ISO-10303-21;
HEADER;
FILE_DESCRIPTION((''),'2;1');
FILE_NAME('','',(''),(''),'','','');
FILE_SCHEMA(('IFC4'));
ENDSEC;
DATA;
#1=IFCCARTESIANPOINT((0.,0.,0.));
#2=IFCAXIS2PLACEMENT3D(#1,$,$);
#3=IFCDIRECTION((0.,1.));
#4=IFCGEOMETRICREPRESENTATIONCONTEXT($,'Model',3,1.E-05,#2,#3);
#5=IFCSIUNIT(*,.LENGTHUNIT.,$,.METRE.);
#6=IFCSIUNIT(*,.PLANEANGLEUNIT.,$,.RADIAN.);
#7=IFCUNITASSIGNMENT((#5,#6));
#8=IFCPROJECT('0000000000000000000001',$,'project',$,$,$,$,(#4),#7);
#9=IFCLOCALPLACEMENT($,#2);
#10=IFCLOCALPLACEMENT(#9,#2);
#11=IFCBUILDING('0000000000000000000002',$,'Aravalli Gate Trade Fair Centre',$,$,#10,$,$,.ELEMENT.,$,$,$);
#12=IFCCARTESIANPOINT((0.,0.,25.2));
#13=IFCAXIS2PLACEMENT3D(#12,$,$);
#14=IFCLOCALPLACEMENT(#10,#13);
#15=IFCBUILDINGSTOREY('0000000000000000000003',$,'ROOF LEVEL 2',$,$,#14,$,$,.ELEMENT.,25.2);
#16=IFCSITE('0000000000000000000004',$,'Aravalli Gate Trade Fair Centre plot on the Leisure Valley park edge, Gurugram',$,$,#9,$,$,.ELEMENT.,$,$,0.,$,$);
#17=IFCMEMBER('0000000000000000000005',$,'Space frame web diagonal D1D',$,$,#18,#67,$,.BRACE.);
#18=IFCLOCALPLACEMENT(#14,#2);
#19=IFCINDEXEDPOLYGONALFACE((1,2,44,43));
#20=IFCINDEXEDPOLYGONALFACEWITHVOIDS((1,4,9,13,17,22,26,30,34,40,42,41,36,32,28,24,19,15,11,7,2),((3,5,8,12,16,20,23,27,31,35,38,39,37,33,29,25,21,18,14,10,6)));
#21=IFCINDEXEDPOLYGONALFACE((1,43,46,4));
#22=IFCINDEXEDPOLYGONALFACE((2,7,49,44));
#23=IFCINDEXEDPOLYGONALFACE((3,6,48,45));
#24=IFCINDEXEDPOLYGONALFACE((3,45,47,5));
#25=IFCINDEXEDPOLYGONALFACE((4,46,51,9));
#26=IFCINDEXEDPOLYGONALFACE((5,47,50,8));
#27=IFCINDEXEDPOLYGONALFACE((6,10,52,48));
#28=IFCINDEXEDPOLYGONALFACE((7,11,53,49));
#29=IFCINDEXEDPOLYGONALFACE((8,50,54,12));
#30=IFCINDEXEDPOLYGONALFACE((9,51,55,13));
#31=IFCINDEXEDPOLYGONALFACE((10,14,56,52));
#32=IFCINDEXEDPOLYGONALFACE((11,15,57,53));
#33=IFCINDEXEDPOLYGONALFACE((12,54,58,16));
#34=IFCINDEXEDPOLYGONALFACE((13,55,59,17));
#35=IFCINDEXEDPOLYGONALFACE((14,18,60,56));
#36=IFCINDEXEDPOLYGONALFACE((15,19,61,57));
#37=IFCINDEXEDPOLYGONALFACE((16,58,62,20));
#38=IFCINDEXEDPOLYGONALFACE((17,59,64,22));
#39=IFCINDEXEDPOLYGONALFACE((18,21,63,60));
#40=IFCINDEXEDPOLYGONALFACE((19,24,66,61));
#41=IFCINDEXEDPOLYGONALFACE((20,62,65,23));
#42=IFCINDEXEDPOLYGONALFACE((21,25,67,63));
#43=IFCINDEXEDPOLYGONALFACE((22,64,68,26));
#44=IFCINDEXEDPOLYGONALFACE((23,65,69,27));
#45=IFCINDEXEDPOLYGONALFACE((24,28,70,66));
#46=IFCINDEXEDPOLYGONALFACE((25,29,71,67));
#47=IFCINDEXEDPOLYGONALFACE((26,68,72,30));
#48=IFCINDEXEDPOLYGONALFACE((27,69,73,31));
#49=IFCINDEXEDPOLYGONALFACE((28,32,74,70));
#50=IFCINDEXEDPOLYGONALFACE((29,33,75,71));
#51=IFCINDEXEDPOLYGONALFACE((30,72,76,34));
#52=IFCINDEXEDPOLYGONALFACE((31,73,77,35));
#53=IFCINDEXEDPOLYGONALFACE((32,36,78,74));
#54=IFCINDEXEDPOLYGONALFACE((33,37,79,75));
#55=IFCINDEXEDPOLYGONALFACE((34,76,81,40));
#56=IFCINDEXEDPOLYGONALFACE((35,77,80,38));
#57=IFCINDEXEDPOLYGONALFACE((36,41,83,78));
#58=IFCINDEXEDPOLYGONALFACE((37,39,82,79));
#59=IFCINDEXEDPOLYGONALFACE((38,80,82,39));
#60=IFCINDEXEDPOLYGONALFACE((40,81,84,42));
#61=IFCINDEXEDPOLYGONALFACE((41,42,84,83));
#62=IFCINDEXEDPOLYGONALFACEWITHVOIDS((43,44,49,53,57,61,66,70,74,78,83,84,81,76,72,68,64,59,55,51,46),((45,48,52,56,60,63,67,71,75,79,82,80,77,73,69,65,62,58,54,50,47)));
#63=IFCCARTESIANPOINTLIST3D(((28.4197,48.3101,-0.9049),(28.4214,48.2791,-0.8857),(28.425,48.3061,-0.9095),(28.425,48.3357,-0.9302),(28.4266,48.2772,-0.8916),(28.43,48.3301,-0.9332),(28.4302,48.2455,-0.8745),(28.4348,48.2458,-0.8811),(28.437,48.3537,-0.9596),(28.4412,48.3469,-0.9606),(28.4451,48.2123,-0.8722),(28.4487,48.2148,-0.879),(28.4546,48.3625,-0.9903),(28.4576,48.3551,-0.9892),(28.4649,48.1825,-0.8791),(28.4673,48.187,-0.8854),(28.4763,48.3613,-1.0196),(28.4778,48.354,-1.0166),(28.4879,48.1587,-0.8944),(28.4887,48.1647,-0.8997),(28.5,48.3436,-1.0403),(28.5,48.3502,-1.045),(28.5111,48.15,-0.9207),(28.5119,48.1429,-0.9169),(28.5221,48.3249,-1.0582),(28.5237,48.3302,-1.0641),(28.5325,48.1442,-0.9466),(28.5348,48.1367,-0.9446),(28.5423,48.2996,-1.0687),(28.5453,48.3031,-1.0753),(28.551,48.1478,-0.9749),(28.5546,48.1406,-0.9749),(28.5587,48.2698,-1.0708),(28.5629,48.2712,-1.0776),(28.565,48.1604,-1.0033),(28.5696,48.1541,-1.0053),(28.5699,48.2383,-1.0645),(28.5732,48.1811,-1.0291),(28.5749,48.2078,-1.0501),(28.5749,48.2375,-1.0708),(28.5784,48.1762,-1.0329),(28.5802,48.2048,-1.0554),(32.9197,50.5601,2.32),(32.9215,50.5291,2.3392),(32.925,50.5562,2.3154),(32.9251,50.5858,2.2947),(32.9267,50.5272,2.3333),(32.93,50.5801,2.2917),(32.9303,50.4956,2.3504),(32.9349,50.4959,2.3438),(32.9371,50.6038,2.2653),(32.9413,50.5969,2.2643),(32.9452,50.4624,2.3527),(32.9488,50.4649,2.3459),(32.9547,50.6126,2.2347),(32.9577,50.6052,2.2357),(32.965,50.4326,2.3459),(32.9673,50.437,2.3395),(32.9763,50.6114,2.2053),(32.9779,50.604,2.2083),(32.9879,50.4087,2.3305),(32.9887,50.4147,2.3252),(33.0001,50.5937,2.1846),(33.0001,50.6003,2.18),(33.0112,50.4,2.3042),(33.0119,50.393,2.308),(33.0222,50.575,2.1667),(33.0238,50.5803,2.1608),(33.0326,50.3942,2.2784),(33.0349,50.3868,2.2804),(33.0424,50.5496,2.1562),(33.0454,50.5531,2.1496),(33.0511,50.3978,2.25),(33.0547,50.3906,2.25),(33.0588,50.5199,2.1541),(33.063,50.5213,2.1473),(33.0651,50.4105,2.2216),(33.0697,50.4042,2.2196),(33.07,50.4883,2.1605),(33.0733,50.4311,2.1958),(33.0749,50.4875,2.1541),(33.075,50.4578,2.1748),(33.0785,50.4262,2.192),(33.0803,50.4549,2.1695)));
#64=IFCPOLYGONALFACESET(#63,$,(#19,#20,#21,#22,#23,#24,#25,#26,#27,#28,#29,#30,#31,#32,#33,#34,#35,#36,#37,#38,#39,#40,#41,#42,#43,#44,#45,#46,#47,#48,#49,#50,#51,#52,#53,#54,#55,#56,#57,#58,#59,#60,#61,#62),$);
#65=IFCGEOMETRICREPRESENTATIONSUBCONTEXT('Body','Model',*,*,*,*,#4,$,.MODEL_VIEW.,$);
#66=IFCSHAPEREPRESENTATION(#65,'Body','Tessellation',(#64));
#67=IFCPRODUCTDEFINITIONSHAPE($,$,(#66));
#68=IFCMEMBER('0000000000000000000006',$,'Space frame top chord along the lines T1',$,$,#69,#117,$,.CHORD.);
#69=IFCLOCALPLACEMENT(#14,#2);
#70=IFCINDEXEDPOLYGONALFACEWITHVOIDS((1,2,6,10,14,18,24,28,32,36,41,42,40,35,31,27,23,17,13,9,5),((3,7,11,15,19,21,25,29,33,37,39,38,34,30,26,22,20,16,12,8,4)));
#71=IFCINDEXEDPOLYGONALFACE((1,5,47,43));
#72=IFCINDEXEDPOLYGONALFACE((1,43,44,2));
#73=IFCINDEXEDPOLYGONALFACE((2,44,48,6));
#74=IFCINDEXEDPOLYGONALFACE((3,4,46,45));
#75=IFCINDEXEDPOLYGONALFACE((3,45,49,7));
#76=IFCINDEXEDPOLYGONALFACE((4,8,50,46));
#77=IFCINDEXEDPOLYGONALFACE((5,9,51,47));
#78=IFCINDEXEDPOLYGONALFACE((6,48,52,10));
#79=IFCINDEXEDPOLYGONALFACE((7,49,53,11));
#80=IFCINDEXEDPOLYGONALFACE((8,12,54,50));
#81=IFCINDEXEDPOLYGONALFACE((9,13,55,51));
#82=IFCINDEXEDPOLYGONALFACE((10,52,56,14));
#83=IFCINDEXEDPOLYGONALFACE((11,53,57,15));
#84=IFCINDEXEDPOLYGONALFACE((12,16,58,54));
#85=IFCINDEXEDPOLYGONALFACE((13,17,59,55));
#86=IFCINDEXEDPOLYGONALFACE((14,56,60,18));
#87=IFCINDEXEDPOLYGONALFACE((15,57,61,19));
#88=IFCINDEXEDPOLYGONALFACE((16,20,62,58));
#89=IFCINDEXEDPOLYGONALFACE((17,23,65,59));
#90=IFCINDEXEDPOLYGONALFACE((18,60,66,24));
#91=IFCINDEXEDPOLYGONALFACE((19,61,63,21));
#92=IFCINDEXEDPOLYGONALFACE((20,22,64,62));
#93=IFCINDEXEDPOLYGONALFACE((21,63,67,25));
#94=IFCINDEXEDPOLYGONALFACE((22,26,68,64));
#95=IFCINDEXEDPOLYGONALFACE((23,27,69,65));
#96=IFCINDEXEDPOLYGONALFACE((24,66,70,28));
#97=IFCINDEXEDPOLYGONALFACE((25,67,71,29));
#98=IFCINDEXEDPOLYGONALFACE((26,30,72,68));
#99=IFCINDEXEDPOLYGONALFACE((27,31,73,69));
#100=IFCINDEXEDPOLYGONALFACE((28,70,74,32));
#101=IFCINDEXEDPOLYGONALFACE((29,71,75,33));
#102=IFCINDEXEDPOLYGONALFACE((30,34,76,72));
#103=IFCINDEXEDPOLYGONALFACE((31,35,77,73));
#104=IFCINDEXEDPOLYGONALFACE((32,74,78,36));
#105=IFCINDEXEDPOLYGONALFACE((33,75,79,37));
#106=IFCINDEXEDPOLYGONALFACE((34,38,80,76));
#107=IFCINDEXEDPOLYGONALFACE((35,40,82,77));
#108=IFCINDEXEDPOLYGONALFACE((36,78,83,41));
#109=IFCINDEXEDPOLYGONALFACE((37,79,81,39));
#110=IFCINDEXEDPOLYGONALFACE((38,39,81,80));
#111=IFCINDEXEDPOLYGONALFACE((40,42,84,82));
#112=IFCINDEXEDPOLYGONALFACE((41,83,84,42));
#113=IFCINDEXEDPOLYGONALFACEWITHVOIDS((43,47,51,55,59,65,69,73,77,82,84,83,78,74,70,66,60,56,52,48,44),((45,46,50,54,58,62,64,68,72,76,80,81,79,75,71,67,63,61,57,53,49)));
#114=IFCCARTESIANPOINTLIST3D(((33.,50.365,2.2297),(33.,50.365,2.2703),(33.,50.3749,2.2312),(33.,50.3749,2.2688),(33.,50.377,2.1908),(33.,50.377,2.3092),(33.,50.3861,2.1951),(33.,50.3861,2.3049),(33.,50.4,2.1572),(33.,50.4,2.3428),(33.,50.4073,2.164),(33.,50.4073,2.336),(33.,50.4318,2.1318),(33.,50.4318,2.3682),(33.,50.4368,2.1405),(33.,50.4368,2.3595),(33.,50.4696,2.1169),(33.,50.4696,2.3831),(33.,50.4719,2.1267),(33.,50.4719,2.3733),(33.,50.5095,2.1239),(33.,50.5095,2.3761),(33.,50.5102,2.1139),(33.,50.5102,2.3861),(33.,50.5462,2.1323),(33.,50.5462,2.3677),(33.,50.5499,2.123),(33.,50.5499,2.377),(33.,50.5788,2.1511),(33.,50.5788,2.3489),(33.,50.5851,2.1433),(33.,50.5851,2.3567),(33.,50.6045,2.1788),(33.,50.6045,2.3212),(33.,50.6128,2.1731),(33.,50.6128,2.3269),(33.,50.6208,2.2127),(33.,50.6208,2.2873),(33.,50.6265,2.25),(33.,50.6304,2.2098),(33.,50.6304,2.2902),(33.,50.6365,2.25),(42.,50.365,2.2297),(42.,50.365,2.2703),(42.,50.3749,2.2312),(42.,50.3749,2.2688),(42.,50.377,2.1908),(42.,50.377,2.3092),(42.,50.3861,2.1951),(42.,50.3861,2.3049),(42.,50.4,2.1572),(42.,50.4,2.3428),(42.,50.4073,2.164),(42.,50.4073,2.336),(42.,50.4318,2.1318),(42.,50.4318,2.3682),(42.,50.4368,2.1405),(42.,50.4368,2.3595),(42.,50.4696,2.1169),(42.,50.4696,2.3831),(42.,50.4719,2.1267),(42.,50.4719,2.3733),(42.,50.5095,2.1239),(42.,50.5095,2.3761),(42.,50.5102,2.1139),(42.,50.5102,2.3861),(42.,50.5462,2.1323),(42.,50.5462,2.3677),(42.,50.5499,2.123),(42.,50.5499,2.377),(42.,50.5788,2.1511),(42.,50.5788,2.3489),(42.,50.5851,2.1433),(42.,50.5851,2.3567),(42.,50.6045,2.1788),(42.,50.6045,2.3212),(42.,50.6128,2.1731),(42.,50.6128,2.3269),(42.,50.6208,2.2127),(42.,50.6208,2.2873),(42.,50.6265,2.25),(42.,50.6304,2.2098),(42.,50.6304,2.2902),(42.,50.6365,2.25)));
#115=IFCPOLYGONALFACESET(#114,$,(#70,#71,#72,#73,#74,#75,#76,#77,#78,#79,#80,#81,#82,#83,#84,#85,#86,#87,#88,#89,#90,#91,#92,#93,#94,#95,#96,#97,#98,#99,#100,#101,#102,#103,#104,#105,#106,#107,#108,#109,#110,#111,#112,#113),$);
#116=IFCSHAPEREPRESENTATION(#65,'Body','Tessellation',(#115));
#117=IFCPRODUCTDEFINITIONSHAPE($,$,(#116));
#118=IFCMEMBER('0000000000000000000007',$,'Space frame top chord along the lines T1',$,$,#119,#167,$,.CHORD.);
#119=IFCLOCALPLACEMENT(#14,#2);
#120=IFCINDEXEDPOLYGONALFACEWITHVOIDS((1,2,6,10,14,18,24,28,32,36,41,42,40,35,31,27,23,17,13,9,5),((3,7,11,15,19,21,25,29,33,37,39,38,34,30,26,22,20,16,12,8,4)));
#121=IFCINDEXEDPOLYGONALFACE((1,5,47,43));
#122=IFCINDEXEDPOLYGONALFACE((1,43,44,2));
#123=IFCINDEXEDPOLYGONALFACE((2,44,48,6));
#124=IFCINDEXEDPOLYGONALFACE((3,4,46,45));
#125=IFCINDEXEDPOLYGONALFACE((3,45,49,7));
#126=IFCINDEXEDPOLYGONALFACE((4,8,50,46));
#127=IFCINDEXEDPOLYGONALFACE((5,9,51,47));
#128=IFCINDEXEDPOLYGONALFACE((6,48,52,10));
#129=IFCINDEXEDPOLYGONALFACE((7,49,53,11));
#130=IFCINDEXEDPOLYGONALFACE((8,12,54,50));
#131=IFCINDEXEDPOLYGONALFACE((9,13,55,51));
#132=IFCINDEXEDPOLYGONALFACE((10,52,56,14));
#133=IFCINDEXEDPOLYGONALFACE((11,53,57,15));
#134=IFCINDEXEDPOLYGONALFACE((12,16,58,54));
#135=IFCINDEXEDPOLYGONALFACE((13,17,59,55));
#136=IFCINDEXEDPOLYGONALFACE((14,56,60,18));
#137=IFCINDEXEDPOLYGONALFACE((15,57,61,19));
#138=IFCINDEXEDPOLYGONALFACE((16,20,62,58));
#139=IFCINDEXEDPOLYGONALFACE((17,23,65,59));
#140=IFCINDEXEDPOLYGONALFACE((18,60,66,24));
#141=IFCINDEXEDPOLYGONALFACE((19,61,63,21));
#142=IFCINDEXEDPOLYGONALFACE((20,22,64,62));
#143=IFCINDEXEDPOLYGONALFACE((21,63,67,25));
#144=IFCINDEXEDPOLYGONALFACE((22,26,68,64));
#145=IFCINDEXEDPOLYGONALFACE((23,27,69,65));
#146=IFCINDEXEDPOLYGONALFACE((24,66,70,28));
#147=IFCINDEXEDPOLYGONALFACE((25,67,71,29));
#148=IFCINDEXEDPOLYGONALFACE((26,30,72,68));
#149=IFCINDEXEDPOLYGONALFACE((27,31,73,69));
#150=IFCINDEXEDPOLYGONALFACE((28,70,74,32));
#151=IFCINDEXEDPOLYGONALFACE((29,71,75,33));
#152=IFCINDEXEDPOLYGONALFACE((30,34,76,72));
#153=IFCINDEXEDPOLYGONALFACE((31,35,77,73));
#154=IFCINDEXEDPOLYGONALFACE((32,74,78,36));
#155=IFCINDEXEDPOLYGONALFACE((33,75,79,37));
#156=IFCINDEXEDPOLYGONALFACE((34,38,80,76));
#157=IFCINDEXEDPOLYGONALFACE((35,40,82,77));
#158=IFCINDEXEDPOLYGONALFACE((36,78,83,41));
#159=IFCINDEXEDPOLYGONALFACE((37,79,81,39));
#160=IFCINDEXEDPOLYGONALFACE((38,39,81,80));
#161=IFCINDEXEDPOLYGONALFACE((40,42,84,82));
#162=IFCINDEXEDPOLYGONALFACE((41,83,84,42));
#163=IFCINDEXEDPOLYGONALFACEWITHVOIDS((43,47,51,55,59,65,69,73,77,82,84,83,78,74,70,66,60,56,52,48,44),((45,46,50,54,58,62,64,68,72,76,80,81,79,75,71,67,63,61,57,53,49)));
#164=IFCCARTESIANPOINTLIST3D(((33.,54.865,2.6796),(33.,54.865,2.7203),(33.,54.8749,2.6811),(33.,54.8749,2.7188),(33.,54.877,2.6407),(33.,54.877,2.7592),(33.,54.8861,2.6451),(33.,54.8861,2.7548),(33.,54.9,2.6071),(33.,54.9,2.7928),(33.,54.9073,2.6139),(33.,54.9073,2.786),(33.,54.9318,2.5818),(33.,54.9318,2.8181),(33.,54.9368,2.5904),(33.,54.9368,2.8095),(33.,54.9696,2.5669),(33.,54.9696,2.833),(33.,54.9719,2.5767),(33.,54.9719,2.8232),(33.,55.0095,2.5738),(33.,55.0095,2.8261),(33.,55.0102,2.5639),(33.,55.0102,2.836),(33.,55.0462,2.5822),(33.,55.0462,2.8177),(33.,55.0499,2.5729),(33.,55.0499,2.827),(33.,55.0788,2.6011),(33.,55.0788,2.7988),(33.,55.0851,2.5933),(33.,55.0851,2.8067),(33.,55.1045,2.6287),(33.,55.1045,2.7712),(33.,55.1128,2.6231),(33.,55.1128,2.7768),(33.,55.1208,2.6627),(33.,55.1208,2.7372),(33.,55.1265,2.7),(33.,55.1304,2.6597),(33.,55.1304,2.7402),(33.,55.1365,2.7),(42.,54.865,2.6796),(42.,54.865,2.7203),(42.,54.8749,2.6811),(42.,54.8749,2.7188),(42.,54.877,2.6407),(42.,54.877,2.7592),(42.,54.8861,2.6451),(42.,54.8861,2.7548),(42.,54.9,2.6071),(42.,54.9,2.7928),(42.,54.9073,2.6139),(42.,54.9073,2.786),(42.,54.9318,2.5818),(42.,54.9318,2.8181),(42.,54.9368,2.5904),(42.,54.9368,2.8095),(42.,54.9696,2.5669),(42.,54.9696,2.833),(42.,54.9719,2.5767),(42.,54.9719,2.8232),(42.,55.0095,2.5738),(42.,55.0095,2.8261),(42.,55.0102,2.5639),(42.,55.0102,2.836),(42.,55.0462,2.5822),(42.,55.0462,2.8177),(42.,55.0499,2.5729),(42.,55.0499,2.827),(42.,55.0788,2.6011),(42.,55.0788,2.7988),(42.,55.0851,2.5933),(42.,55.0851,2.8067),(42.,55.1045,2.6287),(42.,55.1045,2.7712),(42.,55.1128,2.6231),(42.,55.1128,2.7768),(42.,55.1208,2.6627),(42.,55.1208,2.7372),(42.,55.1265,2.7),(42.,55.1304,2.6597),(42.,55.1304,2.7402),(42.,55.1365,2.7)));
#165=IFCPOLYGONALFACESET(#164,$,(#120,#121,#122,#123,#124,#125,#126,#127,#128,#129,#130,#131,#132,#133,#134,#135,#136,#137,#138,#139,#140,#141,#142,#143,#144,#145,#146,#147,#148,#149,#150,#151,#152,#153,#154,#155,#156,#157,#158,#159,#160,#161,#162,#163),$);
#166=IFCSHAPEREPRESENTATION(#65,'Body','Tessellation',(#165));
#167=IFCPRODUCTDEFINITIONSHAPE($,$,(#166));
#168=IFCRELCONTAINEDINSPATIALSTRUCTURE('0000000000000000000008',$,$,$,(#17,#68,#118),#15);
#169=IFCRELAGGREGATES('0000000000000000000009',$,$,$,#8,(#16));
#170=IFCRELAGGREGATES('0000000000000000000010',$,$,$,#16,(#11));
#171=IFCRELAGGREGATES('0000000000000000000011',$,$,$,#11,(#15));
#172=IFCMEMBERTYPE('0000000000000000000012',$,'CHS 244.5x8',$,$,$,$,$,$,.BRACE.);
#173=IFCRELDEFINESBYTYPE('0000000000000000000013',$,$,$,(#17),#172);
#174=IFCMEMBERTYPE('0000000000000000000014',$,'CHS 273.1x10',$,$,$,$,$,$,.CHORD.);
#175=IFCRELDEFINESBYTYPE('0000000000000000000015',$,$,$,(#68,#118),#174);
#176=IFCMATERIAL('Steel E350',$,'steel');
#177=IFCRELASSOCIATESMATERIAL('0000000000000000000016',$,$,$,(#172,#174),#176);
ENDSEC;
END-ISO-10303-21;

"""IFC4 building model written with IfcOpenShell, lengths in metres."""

from ifc_helpers import new_model, si_unit, direction, frame, origin, origin_2d, place, context, subcontext, project, spatial, hollow_circle, extrude, material, material_profile, profile_set, type_object, element, save


model = new_model("IFC4")

# Units and contexts
model_context = context("Model", 3, precision=1e-05, world=origin(), true_north=direction((0.0, 1.0)))
body_context = subcontext(model_context, "Body", "Model", "MODEL_VIEW")
ifc_project = project(units=[si_unit("LENGTHUNIT", "METRE"), si_unit("PLANEANGLEUNIT", "RADIAN")], contexts=[model_context])

# Site, building, storey
site_placement = place(None, origin())
site = spatial("IfcSite", under=ifc_project, at=site_placement, Name="Aravalli Gate Trade Fair Centre plot on the Leisure Valley park edge, Gurugram", CompositionType="ELEMENT", RefElevation=0.0)
building_placement = place(site_placement, origin())
building = spatial("IfcBuilding", under=site, at=building_placement, Name="Aravalli Gate Trade Fair Centre", CompositionType="ELEMENT")
storey_placement = place(building_placement, frame((0.0, 0.0, 25.2)))
storey = spatial("IfcBuildingStorey", under=building, at=storey_placement, Name="ROOF LEVEL 2", CompositionType="ELEMENT", Elevation=25.2)

# Members
ifc_material = material(Name="Steel E350", Category="steel")
ifc_material_profile_1 = material_profile(ifc_material, hollow_circle(Radius=0.1223, WallThickness=0.0081, at=origin_2d()), Name="CHS 244.5x8")
ifc_profile_set_1 = profile_set([ifc_material_profile_1], Name="Steel E350")
member_type_1 = type_object("IfcMemberType", Name="CHS 244.5x8", PredefinedType="BRACE", material=ifc_profile_set_1)
for number, where, z_axis, x_axis, name in (
    (1, (33.0, 50.5, 2.25), (-0.753016, -0.376508, -0.539637), (0.447214, -0.894427, 0.0), "Space frame web diagonal D1D"),
):
    element("IfcMember", number, at=place(storey_placement, frame(where, z_axis=z_axis, x_axis=x_axis)), inside=storey, type_object=member_type_1, Name=name, PredefinedType="BRACE", context=body_context, shape_type="SweptSolid", body=[
        extrude(hollow_circle(Radius=0.1223, WallThickness=0.0081, at=origin_2d()), origin(), (0.0, 0.0, 1.0), 5.9761),
    ])
ifc_material_profile_2 = material_profile(ifc_material, hollow_circle(Radius=0.1365, WallThickness=0.01, at=origin_2d()), Name="CHS 273.1x10")
ifc_profile_set_2 = profile_set([ifc_material_profile_2], Name="Steel E350")
member_type_2 = type_object("IfcMemberType", Name="CHS 273.1x10", PredefinedType="CHORD", material=ifc_profile_set_2)
for number, where, z_axis, x_axis, name in (
    (2, (33.0, 50.5, 2.25), (1.0, 0.0, 0.0), (0.0, 1.0, 0.0), "Space frame top chord along the lines T1"),
    (3, (33.0, 55.0, 2.7), (1.0, 0.0, 0.0), (0.0, 1.0, 0.0), "Space frame top chord along the lines T1"),
):
    element("IfcMember", number, at=place(storey_placement, frame(where, z_axis=z_axis, x_axis=x_axis)), inside=storey, type_object=member_type_2, Name=name, PredefinedType="CHORD", context=body_context, shape_type="SweptSolid", body=[
        extrude(hollow_circle(Radius=0.1365, WallThickness=0.01, at=origin_2d()), origin(), (0.0, 0.0, 1.0), 9.0),
    ])

save(model, "model.ifc")
